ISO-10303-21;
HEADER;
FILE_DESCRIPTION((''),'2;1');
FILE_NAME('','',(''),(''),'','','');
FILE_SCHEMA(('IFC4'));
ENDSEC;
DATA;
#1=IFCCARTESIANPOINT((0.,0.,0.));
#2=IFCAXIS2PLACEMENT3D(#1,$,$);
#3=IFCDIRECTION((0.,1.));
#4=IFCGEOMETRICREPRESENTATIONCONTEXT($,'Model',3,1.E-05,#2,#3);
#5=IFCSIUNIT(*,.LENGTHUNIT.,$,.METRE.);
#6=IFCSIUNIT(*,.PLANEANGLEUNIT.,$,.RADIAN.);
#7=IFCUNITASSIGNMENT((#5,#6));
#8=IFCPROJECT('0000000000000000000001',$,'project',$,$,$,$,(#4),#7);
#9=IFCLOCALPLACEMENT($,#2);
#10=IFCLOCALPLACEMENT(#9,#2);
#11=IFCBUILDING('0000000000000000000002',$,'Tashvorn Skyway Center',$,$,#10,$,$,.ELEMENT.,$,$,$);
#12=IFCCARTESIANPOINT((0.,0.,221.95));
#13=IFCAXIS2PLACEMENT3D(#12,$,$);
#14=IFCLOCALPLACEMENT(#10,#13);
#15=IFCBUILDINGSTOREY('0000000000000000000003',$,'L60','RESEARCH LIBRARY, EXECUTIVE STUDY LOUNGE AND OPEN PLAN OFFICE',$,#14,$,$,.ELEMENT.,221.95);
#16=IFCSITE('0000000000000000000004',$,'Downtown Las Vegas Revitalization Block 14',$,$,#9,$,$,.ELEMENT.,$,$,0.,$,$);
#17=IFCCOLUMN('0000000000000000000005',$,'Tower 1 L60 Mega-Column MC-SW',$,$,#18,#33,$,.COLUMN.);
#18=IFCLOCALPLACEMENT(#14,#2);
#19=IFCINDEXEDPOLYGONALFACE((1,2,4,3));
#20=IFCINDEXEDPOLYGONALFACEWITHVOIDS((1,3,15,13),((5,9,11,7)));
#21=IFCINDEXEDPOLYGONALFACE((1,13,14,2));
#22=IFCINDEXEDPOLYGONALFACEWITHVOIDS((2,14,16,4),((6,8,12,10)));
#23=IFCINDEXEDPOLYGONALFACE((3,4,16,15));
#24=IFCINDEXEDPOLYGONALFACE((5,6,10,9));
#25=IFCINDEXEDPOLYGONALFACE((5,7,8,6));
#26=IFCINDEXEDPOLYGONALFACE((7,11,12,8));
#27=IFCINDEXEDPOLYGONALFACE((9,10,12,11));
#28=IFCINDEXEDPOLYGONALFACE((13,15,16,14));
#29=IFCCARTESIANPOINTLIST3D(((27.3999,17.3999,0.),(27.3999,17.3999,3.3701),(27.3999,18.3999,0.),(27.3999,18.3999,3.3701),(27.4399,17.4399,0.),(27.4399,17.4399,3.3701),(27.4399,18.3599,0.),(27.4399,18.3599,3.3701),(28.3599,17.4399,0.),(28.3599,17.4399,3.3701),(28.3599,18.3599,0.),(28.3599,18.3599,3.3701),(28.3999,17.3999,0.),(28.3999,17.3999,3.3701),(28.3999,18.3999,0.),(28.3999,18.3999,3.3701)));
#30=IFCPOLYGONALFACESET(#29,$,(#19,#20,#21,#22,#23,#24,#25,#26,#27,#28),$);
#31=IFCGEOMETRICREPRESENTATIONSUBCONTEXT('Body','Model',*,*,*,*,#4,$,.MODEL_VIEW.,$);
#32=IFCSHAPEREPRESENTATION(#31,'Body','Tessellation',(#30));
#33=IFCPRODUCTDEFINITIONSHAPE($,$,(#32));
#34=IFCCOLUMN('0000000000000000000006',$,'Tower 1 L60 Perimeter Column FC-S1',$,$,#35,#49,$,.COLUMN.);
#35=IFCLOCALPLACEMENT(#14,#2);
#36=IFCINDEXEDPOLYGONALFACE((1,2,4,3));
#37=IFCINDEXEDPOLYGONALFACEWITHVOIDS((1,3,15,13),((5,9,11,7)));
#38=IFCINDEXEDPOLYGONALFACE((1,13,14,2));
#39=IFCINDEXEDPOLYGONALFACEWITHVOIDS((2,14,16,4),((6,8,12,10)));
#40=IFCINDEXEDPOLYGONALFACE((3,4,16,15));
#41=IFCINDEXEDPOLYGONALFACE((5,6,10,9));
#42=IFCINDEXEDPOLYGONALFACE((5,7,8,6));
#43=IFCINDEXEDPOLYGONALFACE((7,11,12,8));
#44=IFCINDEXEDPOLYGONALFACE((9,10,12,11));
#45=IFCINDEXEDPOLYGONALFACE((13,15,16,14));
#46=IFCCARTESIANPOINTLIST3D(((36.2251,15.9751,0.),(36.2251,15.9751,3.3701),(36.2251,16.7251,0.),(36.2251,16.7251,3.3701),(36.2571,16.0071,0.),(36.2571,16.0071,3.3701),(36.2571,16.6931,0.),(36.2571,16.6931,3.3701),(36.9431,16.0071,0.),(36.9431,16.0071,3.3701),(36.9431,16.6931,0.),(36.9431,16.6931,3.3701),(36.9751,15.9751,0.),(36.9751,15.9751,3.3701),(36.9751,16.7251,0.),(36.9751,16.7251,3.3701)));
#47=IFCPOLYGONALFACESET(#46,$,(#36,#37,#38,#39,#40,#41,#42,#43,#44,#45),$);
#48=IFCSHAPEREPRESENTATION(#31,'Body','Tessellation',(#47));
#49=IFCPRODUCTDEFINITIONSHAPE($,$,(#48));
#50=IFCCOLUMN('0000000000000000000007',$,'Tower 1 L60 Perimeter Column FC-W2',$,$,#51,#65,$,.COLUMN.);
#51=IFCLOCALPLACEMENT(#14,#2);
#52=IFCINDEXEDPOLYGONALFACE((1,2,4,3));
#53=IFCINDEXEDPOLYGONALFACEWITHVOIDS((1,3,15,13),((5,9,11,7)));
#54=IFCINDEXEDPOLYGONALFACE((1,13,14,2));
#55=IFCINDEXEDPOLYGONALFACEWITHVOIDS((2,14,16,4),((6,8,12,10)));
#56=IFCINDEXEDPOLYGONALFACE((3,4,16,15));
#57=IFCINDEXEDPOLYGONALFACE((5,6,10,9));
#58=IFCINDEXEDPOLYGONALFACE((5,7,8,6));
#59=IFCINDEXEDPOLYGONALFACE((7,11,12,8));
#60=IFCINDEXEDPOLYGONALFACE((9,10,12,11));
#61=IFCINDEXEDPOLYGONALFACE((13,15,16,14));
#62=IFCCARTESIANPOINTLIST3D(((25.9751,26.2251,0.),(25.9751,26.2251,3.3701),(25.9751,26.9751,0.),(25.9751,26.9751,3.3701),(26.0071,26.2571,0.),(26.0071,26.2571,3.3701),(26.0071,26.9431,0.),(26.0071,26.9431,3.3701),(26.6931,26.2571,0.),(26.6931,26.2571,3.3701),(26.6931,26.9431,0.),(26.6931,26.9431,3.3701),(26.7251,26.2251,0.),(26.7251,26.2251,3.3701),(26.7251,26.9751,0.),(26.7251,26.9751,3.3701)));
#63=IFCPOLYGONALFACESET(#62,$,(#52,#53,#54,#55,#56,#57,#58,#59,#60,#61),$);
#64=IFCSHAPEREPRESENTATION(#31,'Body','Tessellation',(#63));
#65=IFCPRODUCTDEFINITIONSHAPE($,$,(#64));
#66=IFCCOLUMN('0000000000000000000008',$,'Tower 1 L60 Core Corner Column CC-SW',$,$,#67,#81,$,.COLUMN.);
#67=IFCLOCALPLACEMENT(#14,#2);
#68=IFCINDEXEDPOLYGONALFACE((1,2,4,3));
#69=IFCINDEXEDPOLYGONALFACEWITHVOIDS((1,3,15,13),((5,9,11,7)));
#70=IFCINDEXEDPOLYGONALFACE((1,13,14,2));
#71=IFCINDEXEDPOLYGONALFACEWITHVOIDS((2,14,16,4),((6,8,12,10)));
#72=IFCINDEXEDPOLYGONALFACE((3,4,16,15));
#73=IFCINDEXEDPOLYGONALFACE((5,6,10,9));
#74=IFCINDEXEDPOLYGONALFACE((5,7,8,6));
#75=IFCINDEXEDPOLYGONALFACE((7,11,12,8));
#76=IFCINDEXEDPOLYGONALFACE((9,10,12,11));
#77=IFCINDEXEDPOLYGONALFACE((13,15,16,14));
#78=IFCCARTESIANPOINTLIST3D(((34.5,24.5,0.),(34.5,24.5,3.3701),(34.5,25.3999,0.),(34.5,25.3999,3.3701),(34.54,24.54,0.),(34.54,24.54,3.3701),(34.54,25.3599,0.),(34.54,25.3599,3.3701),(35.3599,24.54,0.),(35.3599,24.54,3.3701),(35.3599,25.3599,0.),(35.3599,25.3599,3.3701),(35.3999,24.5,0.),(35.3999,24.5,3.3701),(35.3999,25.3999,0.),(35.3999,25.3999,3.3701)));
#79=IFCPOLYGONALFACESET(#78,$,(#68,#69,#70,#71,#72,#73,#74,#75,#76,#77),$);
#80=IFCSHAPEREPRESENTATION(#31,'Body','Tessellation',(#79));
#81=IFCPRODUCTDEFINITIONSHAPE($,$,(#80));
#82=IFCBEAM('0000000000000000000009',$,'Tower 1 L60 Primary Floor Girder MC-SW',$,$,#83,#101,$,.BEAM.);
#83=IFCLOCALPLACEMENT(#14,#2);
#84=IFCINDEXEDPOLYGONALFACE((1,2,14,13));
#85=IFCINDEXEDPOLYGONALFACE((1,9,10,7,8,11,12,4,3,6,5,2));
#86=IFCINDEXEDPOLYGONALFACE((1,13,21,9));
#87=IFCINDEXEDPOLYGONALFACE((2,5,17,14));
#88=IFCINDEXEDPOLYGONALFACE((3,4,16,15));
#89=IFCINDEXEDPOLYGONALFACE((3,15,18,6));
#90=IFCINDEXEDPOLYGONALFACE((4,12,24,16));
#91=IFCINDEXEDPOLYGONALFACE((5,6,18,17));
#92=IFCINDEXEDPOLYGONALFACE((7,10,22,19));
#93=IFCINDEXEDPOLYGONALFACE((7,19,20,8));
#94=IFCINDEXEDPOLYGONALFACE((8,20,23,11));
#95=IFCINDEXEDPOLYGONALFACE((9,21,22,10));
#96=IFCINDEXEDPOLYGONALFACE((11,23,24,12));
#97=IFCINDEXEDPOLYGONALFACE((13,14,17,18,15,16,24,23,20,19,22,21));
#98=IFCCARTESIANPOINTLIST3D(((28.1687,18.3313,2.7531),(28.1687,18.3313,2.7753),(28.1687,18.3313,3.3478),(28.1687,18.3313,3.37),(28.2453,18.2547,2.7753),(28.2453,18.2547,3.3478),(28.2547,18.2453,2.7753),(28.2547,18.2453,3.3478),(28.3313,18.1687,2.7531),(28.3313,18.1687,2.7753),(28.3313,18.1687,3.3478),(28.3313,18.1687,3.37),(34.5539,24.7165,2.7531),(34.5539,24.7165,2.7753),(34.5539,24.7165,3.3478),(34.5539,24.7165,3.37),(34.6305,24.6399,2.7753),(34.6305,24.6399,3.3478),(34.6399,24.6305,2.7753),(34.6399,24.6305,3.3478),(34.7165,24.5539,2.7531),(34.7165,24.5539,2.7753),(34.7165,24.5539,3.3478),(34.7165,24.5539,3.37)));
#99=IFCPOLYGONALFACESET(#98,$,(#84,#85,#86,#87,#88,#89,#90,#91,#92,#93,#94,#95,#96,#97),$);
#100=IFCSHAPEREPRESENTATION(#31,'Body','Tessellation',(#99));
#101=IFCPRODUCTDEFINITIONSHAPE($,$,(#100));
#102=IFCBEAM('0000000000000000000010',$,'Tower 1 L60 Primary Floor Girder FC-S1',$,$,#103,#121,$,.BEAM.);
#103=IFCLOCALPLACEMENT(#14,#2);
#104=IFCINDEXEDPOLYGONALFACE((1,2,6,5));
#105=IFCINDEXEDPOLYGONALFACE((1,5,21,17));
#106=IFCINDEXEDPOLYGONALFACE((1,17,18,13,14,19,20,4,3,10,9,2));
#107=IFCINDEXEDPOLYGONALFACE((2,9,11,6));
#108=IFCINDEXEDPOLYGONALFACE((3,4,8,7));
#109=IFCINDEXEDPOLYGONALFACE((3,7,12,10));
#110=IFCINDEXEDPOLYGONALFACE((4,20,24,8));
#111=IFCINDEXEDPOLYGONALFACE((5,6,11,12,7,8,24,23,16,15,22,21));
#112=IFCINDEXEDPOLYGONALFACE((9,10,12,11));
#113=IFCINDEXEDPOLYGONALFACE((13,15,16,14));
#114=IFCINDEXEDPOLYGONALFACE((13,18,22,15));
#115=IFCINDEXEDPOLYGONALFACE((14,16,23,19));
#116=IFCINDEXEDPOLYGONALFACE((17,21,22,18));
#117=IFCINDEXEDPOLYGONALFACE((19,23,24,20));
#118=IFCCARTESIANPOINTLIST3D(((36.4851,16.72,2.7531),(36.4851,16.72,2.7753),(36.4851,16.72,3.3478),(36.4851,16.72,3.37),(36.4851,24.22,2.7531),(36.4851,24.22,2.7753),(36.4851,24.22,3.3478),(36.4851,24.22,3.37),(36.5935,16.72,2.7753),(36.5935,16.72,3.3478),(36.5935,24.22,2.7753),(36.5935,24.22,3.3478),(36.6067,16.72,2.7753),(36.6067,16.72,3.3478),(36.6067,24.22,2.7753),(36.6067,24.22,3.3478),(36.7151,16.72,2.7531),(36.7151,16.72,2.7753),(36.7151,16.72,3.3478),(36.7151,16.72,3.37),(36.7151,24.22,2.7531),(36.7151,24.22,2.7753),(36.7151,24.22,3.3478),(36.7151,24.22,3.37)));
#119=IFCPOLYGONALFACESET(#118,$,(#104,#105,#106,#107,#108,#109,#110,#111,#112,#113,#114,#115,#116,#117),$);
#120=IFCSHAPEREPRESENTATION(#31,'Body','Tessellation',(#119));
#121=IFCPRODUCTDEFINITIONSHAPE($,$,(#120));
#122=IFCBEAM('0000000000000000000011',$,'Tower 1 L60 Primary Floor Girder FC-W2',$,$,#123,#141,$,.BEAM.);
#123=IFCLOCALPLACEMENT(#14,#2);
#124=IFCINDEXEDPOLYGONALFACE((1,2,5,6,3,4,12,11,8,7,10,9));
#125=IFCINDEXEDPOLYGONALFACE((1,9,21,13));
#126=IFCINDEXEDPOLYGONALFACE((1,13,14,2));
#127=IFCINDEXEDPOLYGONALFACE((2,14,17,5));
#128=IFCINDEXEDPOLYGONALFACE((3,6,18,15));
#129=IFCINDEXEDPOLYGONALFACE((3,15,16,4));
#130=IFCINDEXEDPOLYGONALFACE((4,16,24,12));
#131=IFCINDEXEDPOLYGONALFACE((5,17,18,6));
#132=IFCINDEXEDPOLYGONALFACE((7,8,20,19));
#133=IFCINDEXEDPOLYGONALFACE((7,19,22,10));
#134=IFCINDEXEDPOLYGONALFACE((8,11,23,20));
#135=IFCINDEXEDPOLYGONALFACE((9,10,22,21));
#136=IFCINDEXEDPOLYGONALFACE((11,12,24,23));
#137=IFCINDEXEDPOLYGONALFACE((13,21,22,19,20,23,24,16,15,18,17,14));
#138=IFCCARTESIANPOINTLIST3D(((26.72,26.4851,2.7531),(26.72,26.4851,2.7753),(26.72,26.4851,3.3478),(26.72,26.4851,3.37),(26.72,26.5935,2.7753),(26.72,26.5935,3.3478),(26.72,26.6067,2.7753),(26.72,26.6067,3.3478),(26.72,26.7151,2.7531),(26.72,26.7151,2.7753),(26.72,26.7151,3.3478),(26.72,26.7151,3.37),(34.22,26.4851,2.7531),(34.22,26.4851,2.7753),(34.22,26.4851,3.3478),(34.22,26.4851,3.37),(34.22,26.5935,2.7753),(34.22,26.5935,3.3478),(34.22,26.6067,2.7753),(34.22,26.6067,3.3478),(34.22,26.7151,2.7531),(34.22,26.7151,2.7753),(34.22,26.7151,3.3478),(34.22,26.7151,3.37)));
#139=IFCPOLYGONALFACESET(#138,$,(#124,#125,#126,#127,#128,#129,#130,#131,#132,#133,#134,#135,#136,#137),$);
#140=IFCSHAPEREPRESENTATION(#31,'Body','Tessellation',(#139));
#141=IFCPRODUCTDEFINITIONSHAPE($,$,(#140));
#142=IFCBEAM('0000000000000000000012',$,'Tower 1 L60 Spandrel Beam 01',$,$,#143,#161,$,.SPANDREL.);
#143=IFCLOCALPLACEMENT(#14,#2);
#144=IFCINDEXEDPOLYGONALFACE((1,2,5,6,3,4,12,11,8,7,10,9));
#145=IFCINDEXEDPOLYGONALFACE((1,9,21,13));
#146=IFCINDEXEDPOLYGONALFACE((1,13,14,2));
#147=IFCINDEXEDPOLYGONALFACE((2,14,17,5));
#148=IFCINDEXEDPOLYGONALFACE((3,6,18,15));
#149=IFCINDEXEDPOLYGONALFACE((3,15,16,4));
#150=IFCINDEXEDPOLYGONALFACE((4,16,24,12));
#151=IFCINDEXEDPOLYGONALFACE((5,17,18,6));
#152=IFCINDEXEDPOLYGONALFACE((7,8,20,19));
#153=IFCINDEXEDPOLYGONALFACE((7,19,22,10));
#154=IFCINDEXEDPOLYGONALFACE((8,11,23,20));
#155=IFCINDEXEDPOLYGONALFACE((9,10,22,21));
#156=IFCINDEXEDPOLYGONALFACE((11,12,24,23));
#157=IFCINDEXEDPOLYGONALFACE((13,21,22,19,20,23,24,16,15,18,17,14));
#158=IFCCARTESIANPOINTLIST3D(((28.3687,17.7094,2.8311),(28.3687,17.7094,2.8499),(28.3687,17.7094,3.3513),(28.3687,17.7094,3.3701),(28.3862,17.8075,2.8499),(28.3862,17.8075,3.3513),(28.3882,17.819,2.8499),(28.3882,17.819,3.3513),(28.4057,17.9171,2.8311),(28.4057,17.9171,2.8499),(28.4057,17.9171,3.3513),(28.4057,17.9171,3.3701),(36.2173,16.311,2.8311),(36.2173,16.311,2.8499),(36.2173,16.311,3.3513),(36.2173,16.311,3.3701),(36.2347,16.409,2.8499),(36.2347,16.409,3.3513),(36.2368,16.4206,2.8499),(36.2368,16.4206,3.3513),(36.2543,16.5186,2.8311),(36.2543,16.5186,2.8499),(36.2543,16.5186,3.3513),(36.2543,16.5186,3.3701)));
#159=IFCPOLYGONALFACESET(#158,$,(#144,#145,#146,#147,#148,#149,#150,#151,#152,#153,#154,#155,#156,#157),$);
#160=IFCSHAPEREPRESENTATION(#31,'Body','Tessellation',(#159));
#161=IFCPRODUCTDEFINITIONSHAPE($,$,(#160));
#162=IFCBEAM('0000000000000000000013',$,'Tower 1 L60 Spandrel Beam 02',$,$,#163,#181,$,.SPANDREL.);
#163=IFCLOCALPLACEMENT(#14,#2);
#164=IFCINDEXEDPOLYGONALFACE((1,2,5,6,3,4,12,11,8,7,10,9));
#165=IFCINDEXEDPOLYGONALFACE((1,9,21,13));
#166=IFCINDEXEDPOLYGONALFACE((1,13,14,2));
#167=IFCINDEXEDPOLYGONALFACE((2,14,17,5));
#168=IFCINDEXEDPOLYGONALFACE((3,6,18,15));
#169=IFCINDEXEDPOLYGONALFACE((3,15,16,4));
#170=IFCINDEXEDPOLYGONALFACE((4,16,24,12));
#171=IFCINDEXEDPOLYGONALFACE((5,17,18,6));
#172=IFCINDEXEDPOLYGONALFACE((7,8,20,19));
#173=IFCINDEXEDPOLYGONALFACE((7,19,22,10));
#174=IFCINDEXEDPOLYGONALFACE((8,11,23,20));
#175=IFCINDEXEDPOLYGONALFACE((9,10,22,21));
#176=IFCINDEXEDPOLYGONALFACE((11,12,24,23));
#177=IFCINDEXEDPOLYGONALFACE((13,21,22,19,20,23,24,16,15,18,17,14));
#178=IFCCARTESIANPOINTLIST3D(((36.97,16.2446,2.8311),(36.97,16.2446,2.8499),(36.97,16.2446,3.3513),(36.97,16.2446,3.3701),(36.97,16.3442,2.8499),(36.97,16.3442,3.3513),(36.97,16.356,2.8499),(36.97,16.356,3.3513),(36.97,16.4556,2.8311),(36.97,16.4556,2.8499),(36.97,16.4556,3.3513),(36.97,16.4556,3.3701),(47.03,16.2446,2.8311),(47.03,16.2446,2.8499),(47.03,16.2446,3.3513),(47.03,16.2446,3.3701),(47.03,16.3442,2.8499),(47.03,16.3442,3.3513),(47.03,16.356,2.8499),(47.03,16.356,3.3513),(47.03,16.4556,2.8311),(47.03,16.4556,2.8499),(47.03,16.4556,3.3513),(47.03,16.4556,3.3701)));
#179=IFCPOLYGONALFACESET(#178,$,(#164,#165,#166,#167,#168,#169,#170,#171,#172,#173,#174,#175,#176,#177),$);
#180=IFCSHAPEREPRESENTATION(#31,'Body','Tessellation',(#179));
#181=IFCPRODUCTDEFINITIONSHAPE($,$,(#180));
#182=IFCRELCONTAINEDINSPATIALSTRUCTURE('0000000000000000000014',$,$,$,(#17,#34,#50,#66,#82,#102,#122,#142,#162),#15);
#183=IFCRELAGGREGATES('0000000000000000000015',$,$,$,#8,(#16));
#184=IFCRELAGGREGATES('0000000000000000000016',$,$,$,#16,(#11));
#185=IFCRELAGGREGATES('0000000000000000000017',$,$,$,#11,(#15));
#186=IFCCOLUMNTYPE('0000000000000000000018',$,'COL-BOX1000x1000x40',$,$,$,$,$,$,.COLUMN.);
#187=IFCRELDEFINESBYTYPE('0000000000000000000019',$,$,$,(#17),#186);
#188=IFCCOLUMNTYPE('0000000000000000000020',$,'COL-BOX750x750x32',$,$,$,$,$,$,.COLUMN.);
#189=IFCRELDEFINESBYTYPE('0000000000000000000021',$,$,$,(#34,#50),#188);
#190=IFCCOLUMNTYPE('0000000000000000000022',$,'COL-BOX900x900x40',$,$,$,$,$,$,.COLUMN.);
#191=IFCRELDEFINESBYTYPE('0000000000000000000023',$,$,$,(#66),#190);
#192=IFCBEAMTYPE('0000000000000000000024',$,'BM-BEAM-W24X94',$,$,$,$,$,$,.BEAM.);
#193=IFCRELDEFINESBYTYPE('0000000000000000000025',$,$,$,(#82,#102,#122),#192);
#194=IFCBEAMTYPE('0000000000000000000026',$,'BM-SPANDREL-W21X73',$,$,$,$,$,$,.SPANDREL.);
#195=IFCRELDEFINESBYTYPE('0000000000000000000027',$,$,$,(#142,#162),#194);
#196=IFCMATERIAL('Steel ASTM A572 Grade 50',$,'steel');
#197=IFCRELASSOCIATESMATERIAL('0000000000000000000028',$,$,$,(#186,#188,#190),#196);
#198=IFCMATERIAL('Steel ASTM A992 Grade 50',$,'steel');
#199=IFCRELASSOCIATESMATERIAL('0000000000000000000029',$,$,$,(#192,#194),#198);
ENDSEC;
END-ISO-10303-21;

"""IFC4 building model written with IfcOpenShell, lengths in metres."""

from ifc_helpers import new_model, si_unit, direction, frame, origin, origin_2d, place, context, subcontext, project, spatial, hollow_rectangle, i_section, extrude, material, material_profile, profile_set, type_object, element, save


model = new_model("IFC4")

# Units and contexts
model_context = context("Model", 3, precision=1e-05, world=origin(), true_north=direction((0.0, 1.0)))
body_context = subcontext(model_context, "Body", "Model", "MODEL_VIEW")
ifc_project = project(units=[si_unit("LENGTHUNIT", "METRE"), si_unit("PLANEANGLEUNIT", "RADIAN")], contexts=[model_context])

# Site, building, storey
site_placement = place(None, origin())
site = spatial("IfcSite", under=ifc_project, at=site_placement, Name="Downtown Las Vegas Revitalization Block 14", CompositionType="ELEMENT", RefElevation=0.0)
building_placement = place(site_placement, origin())
building = spatial("IfcBuilding", under=site, at=building_placement, Name="Tashvorn Skyway Center", CompositionType="ELEMENT")
storey_placement = place(building_placement, frame((0.0, 0.0, 221.95)))
storey = spatial("IfcBuildingStorey", under=building, at=storey_placement, Name="L60", Description="RESEARCH LIBRARY, EXECUTIVE STUDY LOUNGE AND OPEN PLAN OFFICE", CompositionType="ELEMENT", Elevation=221.95)

# Columns
ifc_material_1 = material(Name="Steel ASTM A572 Grade 50", Category="steel")
ifc_material_profile_1 = material_profile(ifc_material_1, hollow_rectangle(XDim=1.0, YDim=1.0, WallThickness=0.04, at=origin_2d()), Name="BOX1000x1000x40")
ifc_profile_set_1 = profile_set([ifc_material_profile_1], Name="Steel ASTM A572 Grade 50")
column_type_1 = type_object("IfcColumnType", Name="COL-BOX1000x1000x40", PredefinedType="COLUMN", material=ifc_profile_set_1)
column_1_placement = place(storey_placement, frame((27.8999, 17.8999, 0.0), z_axis=(0.0, 0.0, 1.0), x_axis=(1.0, 0.0, 0.0)))
element("IfcColumn", 1, at=column_1_placement, inside=storey, type_object=column_type_1, Name="Tower 1 L60 Mega-Column MC-SW", PredefinedType="COLUMN", context=body_context, shape_type="SweptSolid", body=[
    extrude(hollow_rectangle(XDim=1.0, YDim=1.0, WallThickness=0.04, at=origin_2d()), origin(), (0.0, 0.0, 1.0), 3.3701),
])
ifc_material_profile_2 = material_profile(ifc_material_1, hollow_rectangle(XDim=0.75, YDim=0.75, WallThickness=0.032, at=origin_2d()), Name="BOX750x750x32")
ifc_profile_set_2 = profile_set([ifc_material_profile_2], Name="Steel ASTM A572 Grade 50")
column_type_2 = type_object("IfcColumnType", Name="COL-BOX750x750x32", PredefinedType="COLUMN", material=ifc_profile_set_2)
for number, where, z_axis, x_axis, name in (
    (2, (36.6001, 16.3501, 0.0), (0.0, 0.0, 1.0), (1.0, 0.0, 0.0), "Tower 1 L60 Perimeter Column FC-S1"),
    (3, (26.3501, 26.6001, 0.0), (0.0, 0.0, 1.0), (1.0, 0.0, 0.0), "Tower 1 L60 Perimeter Column FC-W2"),
):
    element("IfcColumn", number, at=place(storey_placement, frame(where, z_axis=z_axis, x_axis=x_axis)), inside=storey, type_object=column_type_2, Name=name, PredefinedType="COLUMN", context=body_context, shape_type="SweptSolid", body=[
        extrude(hollow_rectangle(XDim=0.75, YDim=0.75, WallThickness=0.032, at=origin_2d()), origin(), (0.0, 0.0, 1.0), 3.3701),
    ])
ifc_material_profile_3 = material_profile(ifc_material_1, hollow_rectangle(XDim=0.8999, YDim=0.8999, WallThickness=0.04, at=origin_2d()), Name="BOX900x900x40")
ifc_profile_set_3 = profile_set([ifc_material_profile_3], Name="Steel ASTM A572 Grade 50")
column_type_3 = type_object("IfcColumnType", Name="COL-BOX900x900x40", PredefinedType="COLUMN", material=ifc_profile_set_3)
column_2_placement = place(storey_placement, frame((34.95, 24.95, 0.0), z_axis=(0.0, 0.0, 1.0), x_axis=(1.0, 0.0, 0.0)))
element("IfcColumn", 4, at=column_2_placement, inside=storey, type_object=column_type_3, Name="Tower 1 L60 Core Corner Column CC-SW", PredefinedType="COLUMN", context=body_context, shape_type="SweptSolid", body=[
    extrude(hollow_rectangle(XDim=0.8999, YDim=0.8999, WallThickness=0.04, at=origin_2d()), origin(), (0.0, 0.0, 1.0), 3.3701),
])

# Beams
ifc_material_2 = material(Name="Steel ASTM A992 Grade 50", Category="steel")
ifc_material_profile_4 = material_profile(ifc_material_2, i_section(OverallWidth=0.23, OverallDepth=0.6169, WebThickness=0.0132, FlangeThickness=0.0222, at=origin_2d()), Name="W24X94")
ifc_profile_set_4 = profile_set([ifc_material_profile_4], Name="Steel ASTM A992 Grade 50")
beam_type_1 = type_object("IfcBeamType", Name="BM-BEAM-W24X94", PredefinedType="BEAM", material=ifc_profile_set_4)
beam_1_placement = place(storey_placement, frame((28.25, 18.25, 3.0615), z_axis=(0.707107, 0.707107, 0.0), x_axis=(-0.707107, 0.707107, 0.0)))
element("IfcBeam", 5, at=beam_1_placement, inside=storey, type_object=beam_type_1, Name="Tower 1 L60 Primary Floor Girder MC-SW", PredefinedType="BEAM", context=body_context, shape_type="SweptSolid", body=[
    extrude(i_section(OverallWidth=0.23, OverallDepth=0.6169, WebThickness=0.0132, FlangeThickness=0.0222, at=origin_2d()), origin(), (0.0, 0.0, 1.0), 9.03),
])
for number, where, z_axis, x_axis, name in (
    (6, (36.6001, 16.72, 3.0615), (0.0, 1.0, 0.0), (-1.0, 0.0, 0.0), "Tower 1 L60 Primary Floor Girder FC-S1"),
    (7, (26.72, 26.6001, 3.0615), (1.0, 0.0, 0.0), (0.0, 1.0, 0.0), "Tower 1 L60 Primary Floor Girder FC-W2"),
):
    element("IfcBeam", number, at=place(storey_placement, frame(where, z_axis=z_axis, x_axis=x_axis)), inside=storey, type_object=beam_type_1, Name=name, PredefinedType="BEAM", context=body_context, shape_type="SweptSolid", body=[
        extrude(i_section(OverallWidth=0.23, OverallDepth=0.6169, WebThickness=0.0132, FlangeThickness=0.0222, at=origin_2d()), origin(), (0.0, 0.0, 1.0), 7.5),
    ])
ifc_material_profile_5 = material_profile(ifc_material_2, i_section(OverallWidth=0.2109, OverallDepth=0.5391, WebThickness=0.0117, FlangeThickness=0.0188, at=origin_2d()), Name="W21X73")
ifc_profile_set_5 = profile_set([ifc_material_profile_5], Name="Steel ASTM A992 Grade 50")
beam_type_2 = type_object("IfcBeamType", Name="BM-SPANDREL-W21X73", PredefinedType="SPANDREL", material=ifc_profile_set_5)
beam_2_placement = place(storey_placement, frame((28.3872, 17.8132, 3.1006), z_axis=(0.984495, -0.175413, 0.0), x_axis=(0.175413, 0.984495, 0.0)))
element("IfcBeam", 8, at=beam_2_placement, inside=storey, type_object=beam_type_2, Name="Tower 1 L60 Spandrel Beam 01", PredefinedType="SPANDREL", context=body_context, shape_type="SweptSolid", body=[
    extrude(i_section(OverallWidth=0.2109, OverallDepth=0.5391, WebThickness=0.0117, FlangeThickness=0.0188, at=origin_2d()), origin(), (0.0, 0.0, 1.0), 7.9722),
])
beam_3_placement = place(storey_placement, frame((36.97, 16.3501, 3.1006), z_axis=(1.0, 0.0, 0.0), x_axis=(0.0, 1.0, 0.0)))
element("IfcBeam", 9, at=beam_3_placement, inside=storey, type_object=beam_type_2, Name="Tower 1 L60 Spandrel Beam 02", PredefinedType="SPANDREL", context=body_context, shape_type="SweptSolid", body=[
    extrude(i_section(OverallWidth=0.2109, OverallDepth=0.5391, WebThickness=0.0117, FlangeThickness=0.0188, at=origin_2d()), origin(), (0.0, 0.0, 1.0), 10.0601),
])

save(model, "model.ifc")
